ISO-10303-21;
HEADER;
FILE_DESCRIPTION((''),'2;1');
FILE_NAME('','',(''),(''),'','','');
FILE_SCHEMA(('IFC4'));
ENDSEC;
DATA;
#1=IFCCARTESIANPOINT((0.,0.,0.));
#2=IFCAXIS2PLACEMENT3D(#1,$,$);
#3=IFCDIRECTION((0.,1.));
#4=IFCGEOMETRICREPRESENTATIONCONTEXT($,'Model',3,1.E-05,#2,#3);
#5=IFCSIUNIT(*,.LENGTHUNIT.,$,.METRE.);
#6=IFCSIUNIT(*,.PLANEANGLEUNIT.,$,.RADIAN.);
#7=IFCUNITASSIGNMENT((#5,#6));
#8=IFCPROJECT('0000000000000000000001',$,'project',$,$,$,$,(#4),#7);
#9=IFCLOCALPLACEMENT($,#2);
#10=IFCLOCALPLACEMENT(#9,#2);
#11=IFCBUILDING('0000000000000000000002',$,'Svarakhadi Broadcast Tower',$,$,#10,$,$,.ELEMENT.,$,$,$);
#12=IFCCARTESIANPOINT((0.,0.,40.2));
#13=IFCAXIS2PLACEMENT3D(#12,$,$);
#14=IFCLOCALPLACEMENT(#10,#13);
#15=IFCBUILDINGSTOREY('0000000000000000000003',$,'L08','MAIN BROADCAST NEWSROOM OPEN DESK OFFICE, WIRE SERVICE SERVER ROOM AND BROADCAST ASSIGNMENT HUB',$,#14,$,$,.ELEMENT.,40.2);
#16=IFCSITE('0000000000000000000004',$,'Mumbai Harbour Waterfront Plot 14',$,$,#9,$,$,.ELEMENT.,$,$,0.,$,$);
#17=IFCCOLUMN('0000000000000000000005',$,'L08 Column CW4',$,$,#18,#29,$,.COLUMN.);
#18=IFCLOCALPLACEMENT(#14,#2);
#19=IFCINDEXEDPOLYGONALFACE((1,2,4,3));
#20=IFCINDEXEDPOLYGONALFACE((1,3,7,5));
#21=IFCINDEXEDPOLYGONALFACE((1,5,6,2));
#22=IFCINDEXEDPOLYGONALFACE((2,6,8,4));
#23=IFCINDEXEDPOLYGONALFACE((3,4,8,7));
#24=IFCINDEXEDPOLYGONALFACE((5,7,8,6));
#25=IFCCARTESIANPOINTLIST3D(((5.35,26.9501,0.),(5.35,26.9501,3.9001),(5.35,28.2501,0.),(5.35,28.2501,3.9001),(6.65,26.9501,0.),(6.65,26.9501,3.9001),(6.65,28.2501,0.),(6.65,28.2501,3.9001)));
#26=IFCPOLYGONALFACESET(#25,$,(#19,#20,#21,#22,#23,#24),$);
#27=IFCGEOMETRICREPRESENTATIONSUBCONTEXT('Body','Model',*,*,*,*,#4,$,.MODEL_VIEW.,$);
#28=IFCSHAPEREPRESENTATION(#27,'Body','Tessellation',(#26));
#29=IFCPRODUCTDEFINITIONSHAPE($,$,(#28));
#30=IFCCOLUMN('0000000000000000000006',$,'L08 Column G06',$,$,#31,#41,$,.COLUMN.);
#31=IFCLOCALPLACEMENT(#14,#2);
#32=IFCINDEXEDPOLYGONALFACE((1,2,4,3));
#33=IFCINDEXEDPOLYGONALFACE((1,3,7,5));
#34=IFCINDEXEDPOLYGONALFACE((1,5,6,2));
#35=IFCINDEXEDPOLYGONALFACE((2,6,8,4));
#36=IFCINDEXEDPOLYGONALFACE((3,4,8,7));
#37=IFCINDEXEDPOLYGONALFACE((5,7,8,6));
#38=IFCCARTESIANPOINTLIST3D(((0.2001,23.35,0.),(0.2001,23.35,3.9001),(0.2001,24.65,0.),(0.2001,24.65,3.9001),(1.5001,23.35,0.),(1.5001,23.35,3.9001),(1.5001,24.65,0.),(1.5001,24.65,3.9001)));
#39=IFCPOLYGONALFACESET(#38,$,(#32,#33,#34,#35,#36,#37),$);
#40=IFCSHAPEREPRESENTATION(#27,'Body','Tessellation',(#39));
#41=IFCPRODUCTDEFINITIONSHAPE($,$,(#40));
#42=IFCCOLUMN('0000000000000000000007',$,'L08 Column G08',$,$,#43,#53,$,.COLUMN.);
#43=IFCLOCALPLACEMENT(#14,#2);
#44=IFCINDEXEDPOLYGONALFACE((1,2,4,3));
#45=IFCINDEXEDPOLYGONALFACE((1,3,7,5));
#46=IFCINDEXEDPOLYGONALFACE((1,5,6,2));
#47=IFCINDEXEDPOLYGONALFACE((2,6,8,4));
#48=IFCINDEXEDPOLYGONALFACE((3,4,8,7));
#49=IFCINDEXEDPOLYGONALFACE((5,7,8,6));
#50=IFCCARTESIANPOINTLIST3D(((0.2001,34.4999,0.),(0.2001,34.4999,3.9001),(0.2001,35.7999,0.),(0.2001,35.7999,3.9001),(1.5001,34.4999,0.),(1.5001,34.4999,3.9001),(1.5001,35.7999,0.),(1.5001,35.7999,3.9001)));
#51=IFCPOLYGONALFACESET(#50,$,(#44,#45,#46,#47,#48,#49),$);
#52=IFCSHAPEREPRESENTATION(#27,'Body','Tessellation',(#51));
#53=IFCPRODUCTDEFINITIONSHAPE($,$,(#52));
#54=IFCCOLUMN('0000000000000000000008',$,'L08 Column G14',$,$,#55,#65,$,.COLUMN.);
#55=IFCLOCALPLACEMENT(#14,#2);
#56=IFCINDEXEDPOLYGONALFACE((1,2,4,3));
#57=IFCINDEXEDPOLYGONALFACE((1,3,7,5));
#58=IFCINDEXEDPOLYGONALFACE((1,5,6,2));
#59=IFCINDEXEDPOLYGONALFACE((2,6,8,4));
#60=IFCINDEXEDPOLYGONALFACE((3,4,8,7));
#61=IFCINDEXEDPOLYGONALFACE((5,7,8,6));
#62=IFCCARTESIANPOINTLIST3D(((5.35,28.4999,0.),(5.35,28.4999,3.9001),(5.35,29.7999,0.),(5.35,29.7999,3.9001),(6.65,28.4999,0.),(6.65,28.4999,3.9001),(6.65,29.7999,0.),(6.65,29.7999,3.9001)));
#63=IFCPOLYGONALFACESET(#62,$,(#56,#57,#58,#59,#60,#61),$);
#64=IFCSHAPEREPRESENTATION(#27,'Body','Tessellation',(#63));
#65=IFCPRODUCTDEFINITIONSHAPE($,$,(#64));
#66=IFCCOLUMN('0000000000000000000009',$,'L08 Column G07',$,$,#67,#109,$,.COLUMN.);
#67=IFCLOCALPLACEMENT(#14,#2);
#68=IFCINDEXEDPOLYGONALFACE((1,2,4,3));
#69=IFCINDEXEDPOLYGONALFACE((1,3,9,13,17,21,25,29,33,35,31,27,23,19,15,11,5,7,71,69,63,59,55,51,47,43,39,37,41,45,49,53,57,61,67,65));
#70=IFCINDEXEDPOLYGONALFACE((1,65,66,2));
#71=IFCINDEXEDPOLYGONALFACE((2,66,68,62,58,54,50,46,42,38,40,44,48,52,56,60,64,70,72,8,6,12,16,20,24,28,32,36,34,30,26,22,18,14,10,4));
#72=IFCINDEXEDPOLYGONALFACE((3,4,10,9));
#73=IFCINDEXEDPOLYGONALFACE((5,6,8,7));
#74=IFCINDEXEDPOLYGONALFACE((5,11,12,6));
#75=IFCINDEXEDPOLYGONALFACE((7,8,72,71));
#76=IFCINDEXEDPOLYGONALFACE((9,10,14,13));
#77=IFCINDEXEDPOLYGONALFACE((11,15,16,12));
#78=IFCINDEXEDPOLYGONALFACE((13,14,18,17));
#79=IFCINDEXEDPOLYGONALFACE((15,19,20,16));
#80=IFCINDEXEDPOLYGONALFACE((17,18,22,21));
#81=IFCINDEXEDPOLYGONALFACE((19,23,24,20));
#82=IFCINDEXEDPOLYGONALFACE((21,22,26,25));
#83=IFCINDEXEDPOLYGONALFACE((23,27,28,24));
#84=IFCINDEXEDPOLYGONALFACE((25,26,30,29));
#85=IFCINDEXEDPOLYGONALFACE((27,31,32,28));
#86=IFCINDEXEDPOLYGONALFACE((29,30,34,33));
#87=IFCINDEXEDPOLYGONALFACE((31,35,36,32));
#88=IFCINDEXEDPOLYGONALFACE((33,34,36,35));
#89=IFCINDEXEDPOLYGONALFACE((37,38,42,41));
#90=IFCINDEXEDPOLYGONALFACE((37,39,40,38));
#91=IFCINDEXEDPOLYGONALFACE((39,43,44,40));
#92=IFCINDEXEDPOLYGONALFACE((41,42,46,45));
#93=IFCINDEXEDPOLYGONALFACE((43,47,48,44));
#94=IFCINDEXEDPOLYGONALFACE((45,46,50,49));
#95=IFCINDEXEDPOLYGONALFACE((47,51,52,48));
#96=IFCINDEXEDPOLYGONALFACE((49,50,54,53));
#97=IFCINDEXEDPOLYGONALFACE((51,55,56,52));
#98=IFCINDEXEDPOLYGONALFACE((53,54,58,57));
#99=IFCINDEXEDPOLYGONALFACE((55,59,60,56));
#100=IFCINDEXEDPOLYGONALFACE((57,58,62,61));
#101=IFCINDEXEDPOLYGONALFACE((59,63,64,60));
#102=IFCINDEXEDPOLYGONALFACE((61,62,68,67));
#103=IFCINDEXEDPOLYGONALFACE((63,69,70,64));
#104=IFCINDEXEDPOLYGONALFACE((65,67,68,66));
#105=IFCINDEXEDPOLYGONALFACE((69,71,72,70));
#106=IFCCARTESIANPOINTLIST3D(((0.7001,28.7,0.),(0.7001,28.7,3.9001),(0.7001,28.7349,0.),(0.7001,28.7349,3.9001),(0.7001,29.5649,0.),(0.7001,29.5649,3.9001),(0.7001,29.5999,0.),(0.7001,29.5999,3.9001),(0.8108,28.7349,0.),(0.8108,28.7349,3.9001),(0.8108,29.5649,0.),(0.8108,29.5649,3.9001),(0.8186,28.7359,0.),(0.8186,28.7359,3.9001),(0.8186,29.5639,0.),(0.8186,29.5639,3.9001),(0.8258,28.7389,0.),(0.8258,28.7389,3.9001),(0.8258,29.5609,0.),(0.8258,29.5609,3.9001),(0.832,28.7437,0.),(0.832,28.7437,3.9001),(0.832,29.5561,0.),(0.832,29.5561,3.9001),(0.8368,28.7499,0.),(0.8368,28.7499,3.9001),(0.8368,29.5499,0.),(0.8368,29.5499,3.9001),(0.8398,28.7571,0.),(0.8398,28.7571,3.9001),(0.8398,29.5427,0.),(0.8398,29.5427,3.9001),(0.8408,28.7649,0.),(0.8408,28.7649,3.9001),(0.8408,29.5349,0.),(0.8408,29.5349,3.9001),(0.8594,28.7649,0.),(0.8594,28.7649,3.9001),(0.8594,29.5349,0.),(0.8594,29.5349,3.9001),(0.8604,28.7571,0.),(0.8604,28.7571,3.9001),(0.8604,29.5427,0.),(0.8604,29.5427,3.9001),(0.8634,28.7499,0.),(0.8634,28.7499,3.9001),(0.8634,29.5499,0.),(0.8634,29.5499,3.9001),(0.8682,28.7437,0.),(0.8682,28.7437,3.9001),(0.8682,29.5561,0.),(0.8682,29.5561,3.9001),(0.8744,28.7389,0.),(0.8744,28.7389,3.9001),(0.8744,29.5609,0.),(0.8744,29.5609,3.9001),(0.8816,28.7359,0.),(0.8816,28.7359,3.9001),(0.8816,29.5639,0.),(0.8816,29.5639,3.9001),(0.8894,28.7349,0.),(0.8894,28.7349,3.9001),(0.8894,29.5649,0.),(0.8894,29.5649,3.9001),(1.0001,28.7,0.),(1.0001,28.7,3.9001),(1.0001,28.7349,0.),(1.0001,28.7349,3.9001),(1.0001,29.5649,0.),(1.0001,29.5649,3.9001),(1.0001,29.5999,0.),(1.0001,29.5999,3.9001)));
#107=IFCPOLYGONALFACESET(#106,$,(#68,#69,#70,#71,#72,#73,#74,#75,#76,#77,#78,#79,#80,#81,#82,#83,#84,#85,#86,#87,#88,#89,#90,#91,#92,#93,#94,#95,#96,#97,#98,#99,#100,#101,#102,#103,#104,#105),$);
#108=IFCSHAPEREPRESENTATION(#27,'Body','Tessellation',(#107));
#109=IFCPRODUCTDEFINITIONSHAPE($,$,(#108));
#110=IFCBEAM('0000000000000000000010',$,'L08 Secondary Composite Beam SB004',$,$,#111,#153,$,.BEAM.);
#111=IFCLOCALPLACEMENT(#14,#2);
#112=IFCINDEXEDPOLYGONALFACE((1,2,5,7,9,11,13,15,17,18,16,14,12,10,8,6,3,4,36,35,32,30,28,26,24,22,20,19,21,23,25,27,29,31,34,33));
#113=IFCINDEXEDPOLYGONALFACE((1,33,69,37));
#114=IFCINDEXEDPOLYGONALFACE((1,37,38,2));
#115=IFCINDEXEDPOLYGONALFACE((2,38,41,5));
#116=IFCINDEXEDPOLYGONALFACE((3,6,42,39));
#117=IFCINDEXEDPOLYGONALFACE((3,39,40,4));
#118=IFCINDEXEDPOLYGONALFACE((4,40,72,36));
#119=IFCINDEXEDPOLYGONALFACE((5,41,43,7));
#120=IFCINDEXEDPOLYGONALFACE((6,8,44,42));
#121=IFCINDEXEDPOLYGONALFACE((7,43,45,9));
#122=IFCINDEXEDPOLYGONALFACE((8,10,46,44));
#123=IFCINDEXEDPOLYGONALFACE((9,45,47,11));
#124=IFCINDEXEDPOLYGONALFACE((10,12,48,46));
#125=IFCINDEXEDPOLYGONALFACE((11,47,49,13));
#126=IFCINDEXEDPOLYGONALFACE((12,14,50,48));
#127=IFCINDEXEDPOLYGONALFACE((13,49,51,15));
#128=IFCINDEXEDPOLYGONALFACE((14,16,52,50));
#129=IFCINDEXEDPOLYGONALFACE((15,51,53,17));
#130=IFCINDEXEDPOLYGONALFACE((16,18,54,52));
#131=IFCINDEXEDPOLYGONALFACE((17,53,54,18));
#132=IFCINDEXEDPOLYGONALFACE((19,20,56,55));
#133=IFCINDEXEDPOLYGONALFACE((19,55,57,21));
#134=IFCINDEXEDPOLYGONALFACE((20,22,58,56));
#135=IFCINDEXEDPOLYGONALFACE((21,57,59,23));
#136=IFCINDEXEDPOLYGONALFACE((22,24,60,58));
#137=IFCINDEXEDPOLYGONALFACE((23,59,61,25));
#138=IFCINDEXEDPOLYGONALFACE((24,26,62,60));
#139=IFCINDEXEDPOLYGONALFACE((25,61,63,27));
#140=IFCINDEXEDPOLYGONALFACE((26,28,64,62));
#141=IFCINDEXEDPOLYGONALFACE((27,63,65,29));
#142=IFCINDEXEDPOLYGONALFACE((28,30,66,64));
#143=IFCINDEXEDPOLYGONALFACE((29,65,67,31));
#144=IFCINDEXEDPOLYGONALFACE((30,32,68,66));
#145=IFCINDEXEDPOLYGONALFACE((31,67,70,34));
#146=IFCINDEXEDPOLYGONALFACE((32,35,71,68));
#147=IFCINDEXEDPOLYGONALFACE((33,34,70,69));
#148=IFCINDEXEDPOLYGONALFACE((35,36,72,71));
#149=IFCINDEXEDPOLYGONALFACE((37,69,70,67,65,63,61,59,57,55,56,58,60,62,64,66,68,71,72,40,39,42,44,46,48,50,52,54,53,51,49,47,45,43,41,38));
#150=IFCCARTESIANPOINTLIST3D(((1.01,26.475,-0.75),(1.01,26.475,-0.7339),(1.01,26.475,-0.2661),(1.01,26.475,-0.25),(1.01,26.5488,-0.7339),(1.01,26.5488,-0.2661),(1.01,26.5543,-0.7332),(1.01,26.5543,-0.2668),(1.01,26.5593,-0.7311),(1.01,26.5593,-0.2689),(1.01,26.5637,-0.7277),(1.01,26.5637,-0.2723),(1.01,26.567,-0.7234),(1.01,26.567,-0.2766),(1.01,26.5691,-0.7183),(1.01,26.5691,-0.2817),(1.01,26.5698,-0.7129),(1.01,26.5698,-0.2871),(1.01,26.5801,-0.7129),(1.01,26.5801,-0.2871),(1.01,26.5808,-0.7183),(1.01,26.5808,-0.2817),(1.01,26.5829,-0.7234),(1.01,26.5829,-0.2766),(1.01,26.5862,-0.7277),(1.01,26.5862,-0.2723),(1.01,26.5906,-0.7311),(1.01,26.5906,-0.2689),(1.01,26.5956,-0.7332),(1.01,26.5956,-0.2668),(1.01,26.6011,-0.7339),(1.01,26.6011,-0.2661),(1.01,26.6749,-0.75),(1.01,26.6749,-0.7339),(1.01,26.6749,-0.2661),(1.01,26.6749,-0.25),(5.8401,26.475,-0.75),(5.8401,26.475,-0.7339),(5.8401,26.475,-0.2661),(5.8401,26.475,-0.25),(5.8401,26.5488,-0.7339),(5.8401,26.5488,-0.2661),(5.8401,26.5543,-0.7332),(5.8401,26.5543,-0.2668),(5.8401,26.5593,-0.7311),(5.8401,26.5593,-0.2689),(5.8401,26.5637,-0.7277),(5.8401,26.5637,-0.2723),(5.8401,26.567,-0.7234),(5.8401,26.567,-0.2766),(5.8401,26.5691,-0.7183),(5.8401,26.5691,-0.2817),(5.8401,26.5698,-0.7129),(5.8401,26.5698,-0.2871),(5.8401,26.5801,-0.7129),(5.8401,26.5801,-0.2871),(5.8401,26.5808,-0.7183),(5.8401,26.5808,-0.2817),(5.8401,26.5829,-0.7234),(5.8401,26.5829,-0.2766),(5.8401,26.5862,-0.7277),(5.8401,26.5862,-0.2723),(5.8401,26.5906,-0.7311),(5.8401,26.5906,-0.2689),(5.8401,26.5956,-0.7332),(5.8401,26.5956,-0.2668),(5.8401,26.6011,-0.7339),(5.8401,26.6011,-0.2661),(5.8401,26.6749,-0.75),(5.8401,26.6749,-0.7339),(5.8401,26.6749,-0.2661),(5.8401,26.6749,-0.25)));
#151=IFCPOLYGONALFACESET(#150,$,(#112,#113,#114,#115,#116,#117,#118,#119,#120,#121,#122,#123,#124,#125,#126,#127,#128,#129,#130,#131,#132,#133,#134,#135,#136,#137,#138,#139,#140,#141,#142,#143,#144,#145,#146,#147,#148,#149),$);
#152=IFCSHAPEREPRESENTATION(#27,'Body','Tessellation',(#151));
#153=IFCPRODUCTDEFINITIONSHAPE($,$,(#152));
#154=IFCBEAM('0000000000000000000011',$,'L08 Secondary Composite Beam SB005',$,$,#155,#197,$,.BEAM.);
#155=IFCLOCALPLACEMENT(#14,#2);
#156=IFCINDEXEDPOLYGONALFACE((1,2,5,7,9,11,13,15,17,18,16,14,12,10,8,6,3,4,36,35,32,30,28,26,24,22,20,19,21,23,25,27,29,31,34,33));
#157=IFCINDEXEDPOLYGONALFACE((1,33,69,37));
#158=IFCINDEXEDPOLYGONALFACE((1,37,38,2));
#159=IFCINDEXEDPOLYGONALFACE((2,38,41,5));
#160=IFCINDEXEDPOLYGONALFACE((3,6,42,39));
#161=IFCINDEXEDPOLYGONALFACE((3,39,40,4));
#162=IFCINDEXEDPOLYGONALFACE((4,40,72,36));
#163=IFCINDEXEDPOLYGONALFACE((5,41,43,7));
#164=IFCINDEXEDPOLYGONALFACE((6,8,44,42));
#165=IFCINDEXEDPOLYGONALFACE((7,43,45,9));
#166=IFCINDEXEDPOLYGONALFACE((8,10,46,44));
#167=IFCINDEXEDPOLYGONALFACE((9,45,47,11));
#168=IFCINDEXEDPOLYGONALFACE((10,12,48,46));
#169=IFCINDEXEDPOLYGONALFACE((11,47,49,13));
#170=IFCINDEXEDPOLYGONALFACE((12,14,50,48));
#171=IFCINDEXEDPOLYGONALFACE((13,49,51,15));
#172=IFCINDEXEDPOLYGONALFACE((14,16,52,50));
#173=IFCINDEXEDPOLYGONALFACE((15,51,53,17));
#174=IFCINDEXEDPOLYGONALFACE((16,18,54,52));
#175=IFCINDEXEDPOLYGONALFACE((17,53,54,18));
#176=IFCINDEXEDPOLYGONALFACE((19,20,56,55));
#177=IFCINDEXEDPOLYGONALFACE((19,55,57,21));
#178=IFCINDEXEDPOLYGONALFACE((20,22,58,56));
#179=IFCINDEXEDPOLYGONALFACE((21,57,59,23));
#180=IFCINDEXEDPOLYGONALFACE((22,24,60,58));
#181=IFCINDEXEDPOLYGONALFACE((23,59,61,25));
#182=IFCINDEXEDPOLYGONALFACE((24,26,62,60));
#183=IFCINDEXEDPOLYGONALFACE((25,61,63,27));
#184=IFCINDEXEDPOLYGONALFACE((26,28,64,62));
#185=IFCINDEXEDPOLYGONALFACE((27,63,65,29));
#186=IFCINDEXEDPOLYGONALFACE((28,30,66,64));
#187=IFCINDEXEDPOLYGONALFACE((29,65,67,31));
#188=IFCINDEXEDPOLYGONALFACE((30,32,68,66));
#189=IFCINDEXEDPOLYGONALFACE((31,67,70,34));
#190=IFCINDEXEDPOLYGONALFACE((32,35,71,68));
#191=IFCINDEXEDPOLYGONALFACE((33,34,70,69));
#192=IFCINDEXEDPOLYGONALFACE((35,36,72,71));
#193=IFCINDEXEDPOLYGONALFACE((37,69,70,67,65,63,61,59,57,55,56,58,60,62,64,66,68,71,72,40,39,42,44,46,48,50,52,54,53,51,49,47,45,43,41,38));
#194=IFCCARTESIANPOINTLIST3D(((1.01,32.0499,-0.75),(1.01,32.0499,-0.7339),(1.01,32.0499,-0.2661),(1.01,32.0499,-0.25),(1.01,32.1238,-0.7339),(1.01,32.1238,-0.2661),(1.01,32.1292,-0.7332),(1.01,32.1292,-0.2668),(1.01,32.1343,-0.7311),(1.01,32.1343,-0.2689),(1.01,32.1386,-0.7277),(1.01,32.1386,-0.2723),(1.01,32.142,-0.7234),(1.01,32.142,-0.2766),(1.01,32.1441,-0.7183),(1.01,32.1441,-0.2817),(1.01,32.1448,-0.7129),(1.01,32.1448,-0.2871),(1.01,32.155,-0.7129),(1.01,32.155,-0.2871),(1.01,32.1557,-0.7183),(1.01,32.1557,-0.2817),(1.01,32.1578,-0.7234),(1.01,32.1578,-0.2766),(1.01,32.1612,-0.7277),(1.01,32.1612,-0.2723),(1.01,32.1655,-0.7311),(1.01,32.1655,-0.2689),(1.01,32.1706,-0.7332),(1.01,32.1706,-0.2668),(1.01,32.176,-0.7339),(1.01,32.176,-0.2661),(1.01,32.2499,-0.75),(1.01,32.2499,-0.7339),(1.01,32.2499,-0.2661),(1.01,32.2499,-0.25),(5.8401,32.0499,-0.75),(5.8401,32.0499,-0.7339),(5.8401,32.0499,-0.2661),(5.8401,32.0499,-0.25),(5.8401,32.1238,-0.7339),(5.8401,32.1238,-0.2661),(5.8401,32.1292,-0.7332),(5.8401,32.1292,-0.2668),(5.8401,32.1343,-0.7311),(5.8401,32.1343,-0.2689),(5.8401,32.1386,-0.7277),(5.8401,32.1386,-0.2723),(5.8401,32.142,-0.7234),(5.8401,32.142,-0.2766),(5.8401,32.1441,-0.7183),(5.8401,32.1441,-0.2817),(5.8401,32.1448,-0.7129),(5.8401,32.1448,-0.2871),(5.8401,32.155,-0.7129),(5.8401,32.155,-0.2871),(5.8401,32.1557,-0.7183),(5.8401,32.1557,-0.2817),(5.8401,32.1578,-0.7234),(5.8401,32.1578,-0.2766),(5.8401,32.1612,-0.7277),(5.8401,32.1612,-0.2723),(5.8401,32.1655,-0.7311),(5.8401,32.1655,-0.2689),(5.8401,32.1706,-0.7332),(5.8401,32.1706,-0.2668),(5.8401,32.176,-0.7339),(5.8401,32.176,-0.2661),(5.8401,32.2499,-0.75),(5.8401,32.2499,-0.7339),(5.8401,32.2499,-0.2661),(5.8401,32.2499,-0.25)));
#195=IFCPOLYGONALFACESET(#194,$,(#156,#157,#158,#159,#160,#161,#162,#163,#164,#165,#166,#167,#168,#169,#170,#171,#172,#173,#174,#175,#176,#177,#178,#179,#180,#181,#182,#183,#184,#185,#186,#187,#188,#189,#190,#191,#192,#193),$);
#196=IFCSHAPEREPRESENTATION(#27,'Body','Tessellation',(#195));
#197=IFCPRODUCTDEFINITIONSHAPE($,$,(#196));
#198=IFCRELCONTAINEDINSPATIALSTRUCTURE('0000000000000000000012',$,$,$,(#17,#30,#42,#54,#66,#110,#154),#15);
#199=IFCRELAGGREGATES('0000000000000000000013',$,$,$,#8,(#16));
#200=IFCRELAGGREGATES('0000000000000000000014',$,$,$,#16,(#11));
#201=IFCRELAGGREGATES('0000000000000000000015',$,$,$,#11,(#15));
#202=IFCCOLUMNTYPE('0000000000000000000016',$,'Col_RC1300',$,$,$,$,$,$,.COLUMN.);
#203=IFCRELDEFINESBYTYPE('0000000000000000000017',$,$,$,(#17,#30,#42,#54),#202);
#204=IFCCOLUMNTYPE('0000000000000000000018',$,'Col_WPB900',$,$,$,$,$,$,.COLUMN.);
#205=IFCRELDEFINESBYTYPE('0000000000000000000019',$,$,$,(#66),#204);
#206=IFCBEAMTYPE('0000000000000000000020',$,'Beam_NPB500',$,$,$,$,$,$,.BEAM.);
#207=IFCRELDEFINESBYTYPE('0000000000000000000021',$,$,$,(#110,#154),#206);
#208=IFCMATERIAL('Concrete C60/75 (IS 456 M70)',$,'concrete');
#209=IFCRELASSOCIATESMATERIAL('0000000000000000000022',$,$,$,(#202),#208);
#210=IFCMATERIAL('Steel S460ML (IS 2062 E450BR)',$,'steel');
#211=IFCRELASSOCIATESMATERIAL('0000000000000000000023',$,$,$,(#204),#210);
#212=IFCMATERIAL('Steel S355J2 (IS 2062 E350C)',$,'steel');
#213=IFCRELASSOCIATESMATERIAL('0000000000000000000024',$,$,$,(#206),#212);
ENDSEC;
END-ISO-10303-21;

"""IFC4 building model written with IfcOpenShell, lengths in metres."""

from ifc_helpers import new_model, si_unit, direction, frame, origin, origin_2d, place, context, subcontext, project, spatial, rectangle, i_section, extrude, material, material_profile, profile_set, type_object, element, save


model = new_model("IFC4")

# Units and contexts
model_context = context("Model", 3, precision=1e-05, world=origin(), true_north=direction((0.0, 1.0)))
body_context = subcontext(model_context, "Body", "Model", "MODEL_VIEW")
ifc_project = project(units=[si_unit("LENGTHUNIT", "METRE"), si_unit("PLANEANGLEUNIT", "RADIAN")], contexts=[model_context])

# Site, building, storey
site_placement = place(None, origin())
site = spatial("IfcSite", under=ifc_project, at=site_placement, Name="Mumbai Harbour Waterfront Plot 14", CompositionType="ELEMENT", RefElevation=0.0)
building_placement = place(site_placement, origin())
building = spatial("IfcBuilding", under=site, at=building_placement, Name="Svarakhadi Broadcast Tower", CompositionType="ELEMENT")
storey_placement = place(building_placement, frame((0.0, 0.0, 40.2)))
storey = spatial("IfcBuildingStorey", under=building, at=storey_placement, Name="L08", Description="MAIN BROADCAST NEWSROOM OPEN DESK OFFICE, WIRE SERVICE SERVER ROOM AND BROADCAST ASSIGNMENT HUB", CompositionType="ELEMENT", Elevation=40.2)

# Columns
ifc_material_1 = material(Name="Concrete C60/75 (IS 456 M70)", Category="concrete")
ifc_material_profile_1 = material_profile(ifc_material_1, rectangle(XDim=1.3, YDim=1.3, at=origin_2d()), Name="RC 1300x1300")
ifc_profile_set_1 = profile_set([ifc_material_profile_1], Name="Concrete C60/75 (IS 456 M70)")
column_type_1 = type_object("IfcColumnType", Name="Col_RC1300", PredefinedType="COLUMN", material=ifc_profile_set_1)
for number, where, z_axis, x_axis, name in (
    (1, (6.0, 27.6001, 0.0), (0.0, 0.0, 1.0), (1.0, 0.0, 0.0), "L08 Column CW4"),
    (2, (0.8501, 24.0, 0.0), (0.0, 0.0, 1.0), (1.0, 0.0, 0.0), "L08 Column G06"),
    (3, (0.8501, 35.1499, 0.0), (0.0, 0.0, 1.0), (1.0, 0.0, 0.0), "L08 Column G08"),
    (4, (6.0, 29.1499, 0.0), (0.0, 0.0, 1.0), (1.0, 0.0, 0.0), "L08 Column G14"),
):
    element("IfcColumn", number, at=place(storey_placement, frame(where, z_axis=z_axis, x_axis=x_axis)), inside=storey, type_object=column_type_1, Name=name, PredefinedType="COLUMN", context=body_context, shape_type="SweptSolid", body=[
        extrude(rectangle(XDim=1.3, YDim=1.3, at=origin_2d()), origin(), (0.0, 0.0, 1.0), 3.9001),
    ])
ifc_material_2 = material(Name="Steel S460ML (IS 2062 E450BR)", Category="steel")
ifc_material_profile_2 = material_profile(ifc_material_2, i_section(OverallWidth=0.3, OverallDepth=0.8999, WebThickness=0.0186, FlangeThickness=0.0349, FilletRadius=0.03, at=origin_2d()), Name="WPB 900x300x291")
ifc_profile_set_2 = profile_set([ifc_material_profile_2], Name="Steel S460ML (IS 2062 E450BR)")
column_type_2 = type_object("IfcColumnType", Name="Col_WPB900", PredefinedType="COLUMN", material=ifc_profile_set_2)
column_placement = place(storey_placement, frame((0.8501, 29.1499, 0.0), z_axis=(0.0, 0.0, 1.0), x_axis=(1.0, 0.0, 0.0)))
element("IfcColumn", 5, at=column_placement, inside=storey, type_object=column_type_2, Name="L08 Column G07", PredefinedType="COLUMN", context=body_context, shape_type="SweptSolid", body=[
    extrude(i_section(OverallWidth=0.3, OverallDepth=0.8999, WebThickness=0.0186, FlangeThickness=0.0349, FilletRadius=0.03, at=origin_2d()), origin(), (0.0, 0.0, 1.0), 3.9001),
])

# Beams
ifc_material_3 = material(Name="Steel S355J2 (IS 2062 E350C)", Category="steel")
ifc_material_profile_3 = material_profile(ifc_material_3, i_section(OverallWidth=0.2, OverallDepth=0.5, WebThickness=0.0103, FlangeThickness=0.0161, FilletRadius=0.021, at=origin_2d()), Name="NPB 500x200x91")
ifc_profile_set_3 = profile_set([ifc_material_profile_3], Name="Steel S355J2 (IS 2062 E350C)")
beam_type_1 = type_object("IfcBeamType", Name="Beam_NPB500", PredefinedType="BEAM", material=ifc_profile_set_3)
for number, where, z_axis, x_axis, name in (
    (6, (1.01, 26.575, -0.5), (1.0, 0.0, 0.0), (0.0, 1.0, 0.0), "L08 Secondary Composite Beam SB004"),
    (7, (1.01, 32.1499, -0.5), (1.0, 0.0, 0.0), (0.0, 1.0, 0.0), "L08 Secondary Composite Beam SB005"),
):
    element("IfcBeam", number, at=place(storey_placement, frame(where, z_axis=z_axis, x_axis=x_axis)), inside=storey, type_object=beam_type_1, Name=name, PredefinedType="BEAM", context=body_context, shape_type="SweptSolid", body=[
        extrude(i_section(OverallWidth=0.2, OverallDepth=0.5, WebThickness=0.0103, FlangeThickness=0.0161, FilletRadius=0.021, at=origin_2d()), origin(), (0.0, 0.0, 1.0), 4.8301),
    ])

save(model, "model.ifc")
